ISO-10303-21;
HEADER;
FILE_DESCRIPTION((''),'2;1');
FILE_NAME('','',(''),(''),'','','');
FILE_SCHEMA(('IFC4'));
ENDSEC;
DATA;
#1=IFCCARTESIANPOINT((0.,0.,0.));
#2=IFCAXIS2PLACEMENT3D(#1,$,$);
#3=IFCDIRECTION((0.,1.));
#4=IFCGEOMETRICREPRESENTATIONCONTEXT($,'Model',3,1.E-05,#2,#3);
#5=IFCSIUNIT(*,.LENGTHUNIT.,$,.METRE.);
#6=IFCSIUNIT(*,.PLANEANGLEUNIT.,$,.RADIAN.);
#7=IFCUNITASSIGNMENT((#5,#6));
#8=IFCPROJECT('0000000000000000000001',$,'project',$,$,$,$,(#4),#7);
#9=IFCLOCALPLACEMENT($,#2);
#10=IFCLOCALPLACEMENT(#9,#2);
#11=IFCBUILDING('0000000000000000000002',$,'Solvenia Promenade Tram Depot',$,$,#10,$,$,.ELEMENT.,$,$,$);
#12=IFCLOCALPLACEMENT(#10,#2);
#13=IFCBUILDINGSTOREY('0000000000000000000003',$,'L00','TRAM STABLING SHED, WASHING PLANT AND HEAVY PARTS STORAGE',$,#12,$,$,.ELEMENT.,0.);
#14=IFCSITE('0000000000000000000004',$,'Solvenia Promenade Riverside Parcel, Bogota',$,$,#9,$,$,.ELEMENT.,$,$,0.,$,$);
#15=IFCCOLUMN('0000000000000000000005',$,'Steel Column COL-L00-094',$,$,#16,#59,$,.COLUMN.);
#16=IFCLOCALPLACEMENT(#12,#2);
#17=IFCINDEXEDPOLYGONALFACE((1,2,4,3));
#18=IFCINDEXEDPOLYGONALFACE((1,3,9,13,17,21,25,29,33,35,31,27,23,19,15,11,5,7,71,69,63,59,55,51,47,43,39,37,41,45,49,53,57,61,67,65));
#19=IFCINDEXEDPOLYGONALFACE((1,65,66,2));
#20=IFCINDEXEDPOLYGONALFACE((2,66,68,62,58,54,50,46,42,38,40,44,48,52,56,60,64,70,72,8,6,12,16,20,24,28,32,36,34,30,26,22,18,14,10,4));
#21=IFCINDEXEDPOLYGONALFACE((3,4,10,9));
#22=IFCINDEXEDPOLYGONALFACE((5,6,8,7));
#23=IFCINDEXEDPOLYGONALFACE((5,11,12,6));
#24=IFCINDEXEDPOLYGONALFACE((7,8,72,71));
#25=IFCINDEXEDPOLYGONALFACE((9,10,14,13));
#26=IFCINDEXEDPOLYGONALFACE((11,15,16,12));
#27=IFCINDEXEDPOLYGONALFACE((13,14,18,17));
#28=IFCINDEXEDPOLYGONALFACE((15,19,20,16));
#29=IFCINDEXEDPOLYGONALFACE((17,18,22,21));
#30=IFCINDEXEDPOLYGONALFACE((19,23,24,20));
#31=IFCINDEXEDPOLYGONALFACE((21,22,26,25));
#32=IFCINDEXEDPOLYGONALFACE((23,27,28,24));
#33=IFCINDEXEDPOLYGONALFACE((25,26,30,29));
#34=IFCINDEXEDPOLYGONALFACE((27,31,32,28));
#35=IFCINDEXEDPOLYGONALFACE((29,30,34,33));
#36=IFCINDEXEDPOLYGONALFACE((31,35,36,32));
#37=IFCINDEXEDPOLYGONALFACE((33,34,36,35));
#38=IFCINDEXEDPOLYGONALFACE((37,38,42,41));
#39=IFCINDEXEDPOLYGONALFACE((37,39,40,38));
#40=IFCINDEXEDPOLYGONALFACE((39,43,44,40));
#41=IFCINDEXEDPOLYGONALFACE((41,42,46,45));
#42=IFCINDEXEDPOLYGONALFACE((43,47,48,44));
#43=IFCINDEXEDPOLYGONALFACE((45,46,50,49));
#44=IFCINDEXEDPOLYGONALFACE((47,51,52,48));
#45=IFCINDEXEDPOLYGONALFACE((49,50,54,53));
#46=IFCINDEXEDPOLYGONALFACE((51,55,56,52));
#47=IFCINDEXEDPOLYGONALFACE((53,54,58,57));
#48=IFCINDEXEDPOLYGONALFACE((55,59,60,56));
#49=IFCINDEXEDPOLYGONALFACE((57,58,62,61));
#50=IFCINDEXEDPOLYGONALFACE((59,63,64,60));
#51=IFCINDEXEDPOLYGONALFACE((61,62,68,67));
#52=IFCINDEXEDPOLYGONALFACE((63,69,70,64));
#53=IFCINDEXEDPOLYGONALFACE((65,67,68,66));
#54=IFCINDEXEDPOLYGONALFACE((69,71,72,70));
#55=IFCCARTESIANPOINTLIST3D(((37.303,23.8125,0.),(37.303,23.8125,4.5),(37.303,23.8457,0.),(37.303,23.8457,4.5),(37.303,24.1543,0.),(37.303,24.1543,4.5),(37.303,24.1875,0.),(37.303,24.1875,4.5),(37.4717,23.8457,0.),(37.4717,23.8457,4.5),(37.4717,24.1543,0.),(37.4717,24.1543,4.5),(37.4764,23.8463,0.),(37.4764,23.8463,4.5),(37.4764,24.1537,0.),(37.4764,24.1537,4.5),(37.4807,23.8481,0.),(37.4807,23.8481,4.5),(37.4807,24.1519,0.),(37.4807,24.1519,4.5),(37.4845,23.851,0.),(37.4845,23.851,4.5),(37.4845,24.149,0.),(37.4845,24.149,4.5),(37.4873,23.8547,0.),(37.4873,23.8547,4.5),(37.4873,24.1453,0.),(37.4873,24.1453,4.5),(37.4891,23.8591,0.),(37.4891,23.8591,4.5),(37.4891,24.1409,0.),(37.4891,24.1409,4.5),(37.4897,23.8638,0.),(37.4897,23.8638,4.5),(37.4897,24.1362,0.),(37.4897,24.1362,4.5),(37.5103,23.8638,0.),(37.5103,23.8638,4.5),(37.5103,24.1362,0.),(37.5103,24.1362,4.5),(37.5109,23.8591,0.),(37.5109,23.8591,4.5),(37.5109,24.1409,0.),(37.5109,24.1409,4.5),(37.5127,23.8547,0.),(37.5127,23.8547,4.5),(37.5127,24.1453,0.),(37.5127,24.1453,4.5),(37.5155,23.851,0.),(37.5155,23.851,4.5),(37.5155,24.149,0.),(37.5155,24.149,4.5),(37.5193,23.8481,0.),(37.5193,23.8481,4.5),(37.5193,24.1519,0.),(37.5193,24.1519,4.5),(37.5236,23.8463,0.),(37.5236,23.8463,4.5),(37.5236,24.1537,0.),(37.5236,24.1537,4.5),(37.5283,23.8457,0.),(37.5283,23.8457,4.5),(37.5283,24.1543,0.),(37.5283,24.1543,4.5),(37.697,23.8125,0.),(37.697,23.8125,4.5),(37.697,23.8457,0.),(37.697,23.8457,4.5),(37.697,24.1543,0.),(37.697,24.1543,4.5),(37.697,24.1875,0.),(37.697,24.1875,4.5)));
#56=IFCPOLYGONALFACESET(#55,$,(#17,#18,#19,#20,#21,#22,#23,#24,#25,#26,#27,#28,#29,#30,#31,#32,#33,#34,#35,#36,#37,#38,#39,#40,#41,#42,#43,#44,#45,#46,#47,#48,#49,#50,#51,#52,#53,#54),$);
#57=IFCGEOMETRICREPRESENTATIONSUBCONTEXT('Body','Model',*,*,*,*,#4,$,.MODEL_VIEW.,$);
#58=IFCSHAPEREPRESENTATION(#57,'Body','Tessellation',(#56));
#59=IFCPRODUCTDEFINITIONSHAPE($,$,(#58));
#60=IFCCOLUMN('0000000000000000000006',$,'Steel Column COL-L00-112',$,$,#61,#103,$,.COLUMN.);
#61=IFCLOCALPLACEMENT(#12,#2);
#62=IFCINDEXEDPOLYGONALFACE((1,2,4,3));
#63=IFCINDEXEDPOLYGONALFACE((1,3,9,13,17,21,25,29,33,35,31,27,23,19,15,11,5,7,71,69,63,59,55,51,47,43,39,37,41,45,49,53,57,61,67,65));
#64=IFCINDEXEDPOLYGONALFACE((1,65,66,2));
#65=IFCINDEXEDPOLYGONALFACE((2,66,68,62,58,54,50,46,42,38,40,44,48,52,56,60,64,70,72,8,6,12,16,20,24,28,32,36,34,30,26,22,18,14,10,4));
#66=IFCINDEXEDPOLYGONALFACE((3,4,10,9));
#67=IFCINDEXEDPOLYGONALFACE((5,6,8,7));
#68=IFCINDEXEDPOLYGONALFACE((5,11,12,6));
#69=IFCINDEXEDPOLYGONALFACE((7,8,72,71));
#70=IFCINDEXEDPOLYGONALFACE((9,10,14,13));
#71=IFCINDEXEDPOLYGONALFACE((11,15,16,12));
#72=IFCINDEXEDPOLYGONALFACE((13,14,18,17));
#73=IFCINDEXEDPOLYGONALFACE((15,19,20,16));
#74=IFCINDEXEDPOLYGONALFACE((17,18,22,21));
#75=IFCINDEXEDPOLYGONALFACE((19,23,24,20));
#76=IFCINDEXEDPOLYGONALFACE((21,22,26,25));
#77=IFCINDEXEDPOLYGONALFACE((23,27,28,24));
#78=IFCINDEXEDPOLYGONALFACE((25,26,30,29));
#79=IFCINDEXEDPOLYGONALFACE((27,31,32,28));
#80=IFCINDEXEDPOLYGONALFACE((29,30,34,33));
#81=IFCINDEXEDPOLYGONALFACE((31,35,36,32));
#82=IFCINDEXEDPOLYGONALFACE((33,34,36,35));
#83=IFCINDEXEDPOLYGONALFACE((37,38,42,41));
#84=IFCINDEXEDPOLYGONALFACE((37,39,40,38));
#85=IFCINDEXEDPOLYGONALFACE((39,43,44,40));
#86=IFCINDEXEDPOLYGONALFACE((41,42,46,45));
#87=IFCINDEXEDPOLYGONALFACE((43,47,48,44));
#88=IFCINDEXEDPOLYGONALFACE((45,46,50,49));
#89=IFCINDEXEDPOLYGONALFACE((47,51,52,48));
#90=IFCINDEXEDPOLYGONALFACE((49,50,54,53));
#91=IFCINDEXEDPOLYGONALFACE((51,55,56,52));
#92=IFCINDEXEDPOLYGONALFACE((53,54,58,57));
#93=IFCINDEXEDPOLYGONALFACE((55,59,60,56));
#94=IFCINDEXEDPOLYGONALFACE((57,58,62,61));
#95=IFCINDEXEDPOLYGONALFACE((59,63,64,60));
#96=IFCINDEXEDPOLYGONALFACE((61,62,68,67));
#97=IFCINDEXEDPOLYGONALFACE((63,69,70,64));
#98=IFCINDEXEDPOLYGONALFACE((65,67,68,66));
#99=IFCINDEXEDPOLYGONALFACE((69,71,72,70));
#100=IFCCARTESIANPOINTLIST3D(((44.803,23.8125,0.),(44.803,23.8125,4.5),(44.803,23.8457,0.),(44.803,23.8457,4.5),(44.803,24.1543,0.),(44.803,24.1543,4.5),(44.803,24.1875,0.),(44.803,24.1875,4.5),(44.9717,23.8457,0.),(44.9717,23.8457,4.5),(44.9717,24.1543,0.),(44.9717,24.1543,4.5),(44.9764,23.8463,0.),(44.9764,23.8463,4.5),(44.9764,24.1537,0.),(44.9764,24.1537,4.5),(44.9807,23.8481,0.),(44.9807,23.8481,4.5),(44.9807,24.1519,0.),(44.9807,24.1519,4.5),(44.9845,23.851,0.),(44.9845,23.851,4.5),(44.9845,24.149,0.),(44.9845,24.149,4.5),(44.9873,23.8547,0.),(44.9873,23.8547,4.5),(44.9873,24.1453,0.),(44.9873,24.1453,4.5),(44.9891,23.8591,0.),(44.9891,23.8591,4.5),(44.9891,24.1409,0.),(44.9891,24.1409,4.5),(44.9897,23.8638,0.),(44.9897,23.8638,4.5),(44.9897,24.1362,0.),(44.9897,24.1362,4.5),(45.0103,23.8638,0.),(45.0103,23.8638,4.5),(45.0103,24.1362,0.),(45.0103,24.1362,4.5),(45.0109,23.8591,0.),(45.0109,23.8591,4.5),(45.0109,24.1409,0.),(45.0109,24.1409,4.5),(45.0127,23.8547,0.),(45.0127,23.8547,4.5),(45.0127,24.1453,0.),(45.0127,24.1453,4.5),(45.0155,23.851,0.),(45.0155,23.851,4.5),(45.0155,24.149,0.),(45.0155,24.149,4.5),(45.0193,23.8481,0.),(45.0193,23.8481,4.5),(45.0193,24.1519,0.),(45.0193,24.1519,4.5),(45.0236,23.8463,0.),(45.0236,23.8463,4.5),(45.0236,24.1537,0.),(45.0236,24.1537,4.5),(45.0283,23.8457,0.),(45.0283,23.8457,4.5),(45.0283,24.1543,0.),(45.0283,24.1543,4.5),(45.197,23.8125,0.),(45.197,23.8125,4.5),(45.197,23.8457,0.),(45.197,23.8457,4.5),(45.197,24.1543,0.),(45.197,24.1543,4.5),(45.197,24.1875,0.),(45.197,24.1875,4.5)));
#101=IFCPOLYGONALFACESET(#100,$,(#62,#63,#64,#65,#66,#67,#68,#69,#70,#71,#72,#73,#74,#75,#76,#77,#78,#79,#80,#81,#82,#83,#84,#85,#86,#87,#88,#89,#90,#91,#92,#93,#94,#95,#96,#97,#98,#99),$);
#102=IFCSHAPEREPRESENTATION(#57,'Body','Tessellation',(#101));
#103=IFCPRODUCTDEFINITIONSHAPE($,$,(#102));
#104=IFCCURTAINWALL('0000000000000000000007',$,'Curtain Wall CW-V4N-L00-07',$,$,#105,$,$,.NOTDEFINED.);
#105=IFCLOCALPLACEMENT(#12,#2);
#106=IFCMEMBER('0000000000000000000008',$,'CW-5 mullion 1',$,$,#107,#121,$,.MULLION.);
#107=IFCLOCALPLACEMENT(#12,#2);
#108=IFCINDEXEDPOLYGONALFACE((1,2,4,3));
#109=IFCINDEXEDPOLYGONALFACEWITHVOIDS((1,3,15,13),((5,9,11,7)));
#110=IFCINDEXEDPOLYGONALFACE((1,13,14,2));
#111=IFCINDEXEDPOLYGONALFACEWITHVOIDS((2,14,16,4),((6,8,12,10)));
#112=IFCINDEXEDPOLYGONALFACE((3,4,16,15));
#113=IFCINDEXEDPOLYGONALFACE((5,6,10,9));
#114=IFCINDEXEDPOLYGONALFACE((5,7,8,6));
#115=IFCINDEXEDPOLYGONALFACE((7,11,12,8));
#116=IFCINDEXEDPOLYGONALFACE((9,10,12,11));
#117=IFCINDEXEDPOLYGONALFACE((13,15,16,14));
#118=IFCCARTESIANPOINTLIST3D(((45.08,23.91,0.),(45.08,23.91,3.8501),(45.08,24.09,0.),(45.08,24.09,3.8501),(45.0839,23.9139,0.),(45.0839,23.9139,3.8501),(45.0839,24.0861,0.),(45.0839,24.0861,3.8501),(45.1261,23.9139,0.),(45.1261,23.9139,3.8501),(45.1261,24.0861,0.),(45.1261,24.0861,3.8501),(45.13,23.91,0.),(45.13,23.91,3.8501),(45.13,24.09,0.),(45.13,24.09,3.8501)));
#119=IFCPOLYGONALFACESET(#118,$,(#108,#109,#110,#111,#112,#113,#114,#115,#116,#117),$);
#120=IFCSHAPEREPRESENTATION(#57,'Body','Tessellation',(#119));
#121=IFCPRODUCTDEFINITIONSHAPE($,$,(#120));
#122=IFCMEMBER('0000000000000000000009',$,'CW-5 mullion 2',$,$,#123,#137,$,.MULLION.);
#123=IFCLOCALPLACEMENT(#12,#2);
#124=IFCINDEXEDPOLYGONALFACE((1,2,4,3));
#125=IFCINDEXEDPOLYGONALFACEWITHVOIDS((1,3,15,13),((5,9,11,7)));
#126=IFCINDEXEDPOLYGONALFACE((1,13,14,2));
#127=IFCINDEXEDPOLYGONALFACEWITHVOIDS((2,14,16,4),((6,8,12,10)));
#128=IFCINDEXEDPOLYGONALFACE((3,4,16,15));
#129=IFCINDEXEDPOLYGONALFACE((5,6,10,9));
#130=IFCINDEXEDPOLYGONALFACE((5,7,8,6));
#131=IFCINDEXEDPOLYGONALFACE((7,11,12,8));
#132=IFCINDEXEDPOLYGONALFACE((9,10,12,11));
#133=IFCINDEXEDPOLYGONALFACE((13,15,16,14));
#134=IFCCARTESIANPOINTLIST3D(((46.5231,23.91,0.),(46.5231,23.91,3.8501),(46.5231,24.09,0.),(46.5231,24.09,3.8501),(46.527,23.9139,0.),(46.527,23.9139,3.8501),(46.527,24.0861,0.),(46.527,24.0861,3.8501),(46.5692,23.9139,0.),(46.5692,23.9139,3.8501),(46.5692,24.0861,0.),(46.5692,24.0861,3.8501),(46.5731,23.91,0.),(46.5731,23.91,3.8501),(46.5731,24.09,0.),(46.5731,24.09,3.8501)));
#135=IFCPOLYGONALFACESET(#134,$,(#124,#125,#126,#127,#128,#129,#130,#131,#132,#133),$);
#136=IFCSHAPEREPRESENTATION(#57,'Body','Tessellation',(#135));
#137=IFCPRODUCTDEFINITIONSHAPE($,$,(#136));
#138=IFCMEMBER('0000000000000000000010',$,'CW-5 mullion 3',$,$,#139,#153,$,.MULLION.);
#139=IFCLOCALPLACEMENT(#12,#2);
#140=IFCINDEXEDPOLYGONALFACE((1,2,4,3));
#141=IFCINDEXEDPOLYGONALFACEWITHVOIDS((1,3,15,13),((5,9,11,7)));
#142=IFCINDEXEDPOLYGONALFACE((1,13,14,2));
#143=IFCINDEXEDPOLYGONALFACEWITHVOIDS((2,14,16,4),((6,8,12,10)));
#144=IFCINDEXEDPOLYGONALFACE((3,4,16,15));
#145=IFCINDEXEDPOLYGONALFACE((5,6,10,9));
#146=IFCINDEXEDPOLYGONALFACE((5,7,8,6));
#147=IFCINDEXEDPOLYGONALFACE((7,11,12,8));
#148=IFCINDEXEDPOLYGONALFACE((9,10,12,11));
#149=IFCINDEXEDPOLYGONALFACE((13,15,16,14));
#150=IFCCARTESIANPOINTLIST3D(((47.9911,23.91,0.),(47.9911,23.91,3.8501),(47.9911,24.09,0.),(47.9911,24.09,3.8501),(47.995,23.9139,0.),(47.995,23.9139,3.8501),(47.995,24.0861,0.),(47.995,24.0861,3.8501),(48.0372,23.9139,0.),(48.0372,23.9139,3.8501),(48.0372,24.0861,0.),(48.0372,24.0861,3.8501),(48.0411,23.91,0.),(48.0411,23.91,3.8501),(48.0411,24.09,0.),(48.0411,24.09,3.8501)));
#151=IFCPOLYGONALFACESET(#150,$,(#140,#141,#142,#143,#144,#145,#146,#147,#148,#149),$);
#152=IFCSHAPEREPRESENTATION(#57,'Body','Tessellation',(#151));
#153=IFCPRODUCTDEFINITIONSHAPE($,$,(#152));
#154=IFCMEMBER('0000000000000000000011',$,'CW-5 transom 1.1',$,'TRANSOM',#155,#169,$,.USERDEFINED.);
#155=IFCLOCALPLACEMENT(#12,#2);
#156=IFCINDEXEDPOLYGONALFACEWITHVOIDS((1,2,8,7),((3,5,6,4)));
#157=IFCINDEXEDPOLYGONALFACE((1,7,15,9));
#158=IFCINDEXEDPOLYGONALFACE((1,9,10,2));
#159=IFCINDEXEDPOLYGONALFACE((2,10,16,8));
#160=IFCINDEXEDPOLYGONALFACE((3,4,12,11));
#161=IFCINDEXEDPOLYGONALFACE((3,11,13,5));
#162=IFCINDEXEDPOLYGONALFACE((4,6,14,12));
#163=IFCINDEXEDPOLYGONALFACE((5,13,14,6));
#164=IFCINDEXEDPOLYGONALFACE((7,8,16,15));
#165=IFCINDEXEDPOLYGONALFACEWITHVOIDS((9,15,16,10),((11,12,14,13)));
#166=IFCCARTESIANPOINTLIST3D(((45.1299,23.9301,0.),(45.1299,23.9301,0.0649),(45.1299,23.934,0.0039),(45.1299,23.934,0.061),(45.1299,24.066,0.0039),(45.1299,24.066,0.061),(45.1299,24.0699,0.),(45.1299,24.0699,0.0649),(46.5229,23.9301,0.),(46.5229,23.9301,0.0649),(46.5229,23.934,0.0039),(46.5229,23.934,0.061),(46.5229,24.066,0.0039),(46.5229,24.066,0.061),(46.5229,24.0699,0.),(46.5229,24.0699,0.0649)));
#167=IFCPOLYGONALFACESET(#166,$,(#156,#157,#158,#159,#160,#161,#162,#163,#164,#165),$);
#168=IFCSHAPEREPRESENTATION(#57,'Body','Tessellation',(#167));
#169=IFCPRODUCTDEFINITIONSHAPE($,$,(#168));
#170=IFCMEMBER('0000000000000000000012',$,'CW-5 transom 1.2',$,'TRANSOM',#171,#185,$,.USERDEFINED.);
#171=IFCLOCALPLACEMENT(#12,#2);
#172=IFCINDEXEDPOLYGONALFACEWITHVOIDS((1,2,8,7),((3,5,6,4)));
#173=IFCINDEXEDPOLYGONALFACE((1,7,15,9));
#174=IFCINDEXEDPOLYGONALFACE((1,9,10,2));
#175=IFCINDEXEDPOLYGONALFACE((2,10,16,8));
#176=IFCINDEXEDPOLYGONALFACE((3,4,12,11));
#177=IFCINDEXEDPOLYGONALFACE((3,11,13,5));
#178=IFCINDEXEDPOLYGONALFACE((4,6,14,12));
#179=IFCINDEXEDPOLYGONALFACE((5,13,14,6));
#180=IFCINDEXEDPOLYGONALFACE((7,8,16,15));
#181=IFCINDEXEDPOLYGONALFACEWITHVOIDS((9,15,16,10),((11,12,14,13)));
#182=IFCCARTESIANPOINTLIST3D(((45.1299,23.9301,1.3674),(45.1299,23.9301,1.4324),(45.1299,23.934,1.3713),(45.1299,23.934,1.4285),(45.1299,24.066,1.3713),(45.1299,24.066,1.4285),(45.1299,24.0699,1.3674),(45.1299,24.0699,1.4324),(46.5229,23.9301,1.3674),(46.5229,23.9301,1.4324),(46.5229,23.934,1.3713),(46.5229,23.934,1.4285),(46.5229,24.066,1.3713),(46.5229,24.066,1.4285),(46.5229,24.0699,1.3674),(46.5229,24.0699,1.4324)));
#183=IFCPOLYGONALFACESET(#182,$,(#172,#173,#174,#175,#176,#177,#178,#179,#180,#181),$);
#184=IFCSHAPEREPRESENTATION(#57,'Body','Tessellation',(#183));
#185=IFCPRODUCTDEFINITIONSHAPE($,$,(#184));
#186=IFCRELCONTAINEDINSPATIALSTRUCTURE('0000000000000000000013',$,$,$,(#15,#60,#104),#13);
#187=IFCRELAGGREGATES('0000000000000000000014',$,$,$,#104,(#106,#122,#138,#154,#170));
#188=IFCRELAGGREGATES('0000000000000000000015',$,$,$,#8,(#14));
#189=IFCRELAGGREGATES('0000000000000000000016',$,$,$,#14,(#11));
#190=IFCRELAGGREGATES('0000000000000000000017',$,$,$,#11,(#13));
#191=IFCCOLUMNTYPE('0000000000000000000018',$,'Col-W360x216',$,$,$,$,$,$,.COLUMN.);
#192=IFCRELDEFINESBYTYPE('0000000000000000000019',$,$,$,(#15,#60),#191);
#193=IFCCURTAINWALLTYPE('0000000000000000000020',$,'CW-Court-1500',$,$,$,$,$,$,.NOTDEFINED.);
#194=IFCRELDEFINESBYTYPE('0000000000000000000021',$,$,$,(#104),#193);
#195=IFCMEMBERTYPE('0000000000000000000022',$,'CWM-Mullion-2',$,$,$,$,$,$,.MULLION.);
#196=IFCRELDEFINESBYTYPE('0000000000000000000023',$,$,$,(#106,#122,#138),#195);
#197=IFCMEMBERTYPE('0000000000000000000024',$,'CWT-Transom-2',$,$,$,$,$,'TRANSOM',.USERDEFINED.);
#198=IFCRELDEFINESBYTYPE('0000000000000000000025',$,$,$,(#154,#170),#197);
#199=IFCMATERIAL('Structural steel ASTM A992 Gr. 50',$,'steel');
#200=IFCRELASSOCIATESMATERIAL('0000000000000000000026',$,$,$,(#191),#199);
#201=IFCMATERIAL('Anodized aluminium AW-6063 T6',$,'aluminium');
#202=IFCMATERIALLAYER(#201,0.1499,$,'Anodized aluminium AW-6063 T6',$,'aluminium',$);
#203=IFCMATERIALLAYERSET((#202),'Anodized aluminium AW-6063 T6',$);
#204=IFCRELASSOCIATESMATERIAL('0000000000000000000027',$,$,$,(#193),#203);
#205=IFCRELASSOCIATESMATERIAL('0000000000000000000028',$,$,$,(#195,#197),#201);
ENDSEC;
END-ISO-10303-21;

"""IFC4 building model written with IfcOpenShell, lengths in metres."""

from ifc_helpers import new_model, si_unit, direction, frame, origin, origin_2d, place, context, subcontext, project, spatial, hollow_rectangle, i_section, extrude, material, layer, layer_set, material_profile, profile_set, type_object, element, aggregate, save


model = new_model("IFC4")

# Units and contexts
model_context = context("Model", 3, precision=1e-05, world=origin(), true_north=direction((0.0, 1.0)))
body_context = subcontext(model_context, "Body", "Model", "MODEL_VIEW")
ifc_project = project(units=[si_unit("LENGTHUNIT", "METRE"), si_unit("PLANEANGLEUNIT", "RADIAN")], contexts=[model_context])

# Site, building, storey
site_placement = place(None, origin())
site = spatial("IfcSite", under=ifc_project, at=site_placement, Name="Solvenia Promenade Riverside Parcel, Bogota", CompositionType="ELEMENT", RefElevation=0.0)
building_placement = place(site_placement, origin())
building = spatial("IfcBuilding", under=site, at=building_placement, Name="Solvenia Promenade Tram Depot", CompositionType="ELEMENT")
storey_placement = place(building_placement, origin())
storey = spatial("IfcBuildingStorey", under=building, at=storey_placement, Name="L00", Description="TRAM STABLING SHED, WASHING PLANT AND HEAVY PARTS STORAGE", CompositionType="ELEMENT", Elevation=0.0)

# Columns
ifc_material_1 = material(Name="Structural steel ASTM A992 Gr. 50", Category="steel")
ifc_material_profile_1 = material_profile(ifc_material_1, i_section(OverallWidth=0.394, OverallDepth=0.375, WebThickness=0.0205, FlangeThickness=0.0332, FilletRadius=0.0181, at=origin_2d()), Name="W360x216", Category="steel")
ifc_profile_set_1 = profile_set([ifc_material_profile_1], Name="Structural steel ASTM A992 Gr. 50")
column_type = type_object("IfcColumnType", Name="Col-W360x216", PredefinedType="COLUMN", material=ifc_profile_set_1)
for number, where, z_axis, x_axis, name in (
    (1, (37.5, 24.0, 0.0), (0.0, 0.0, 1.0), (1.0, 0.0, 0.0), "Steel Column COL-L00-094"),
    (2, (45.0, 24.0, 0.0), (0.0, 0.0, 1.0), (1.0, 0.0, 0.0), "Steel Column COL-L00-112"),
):
    element("IfcColumn", number, at=place(storey_placement, frame(where, z_axis=z_axis, x_axis=x_axis)), inside=storey, type_object=column_type, Name=name, PredefinedType="COLUMN", context=body_context, shape_type="SweptSolid", body=[
        extrude(i_section(OverallWidth=0.394, OverallDepth=0.375, WebThickness=0.0205, FlangeThickness=0.0332, FilletRadius=0.0181, at=origin_2d()), origin(), (0.0, 0.0, 1.0), 4.5),
    ])

# Curtain wall, members
ifc_material_2 = material(Name="Anodized aluminium AW-6063 T6", Category="aluminium")
ifc_layer_1 = layer(ifc_material_2, 0.1499, Name="Anodized aluminium AW-6063 T6", Category="aluminium")
ifc_layer_set_1 = layer_set([ifc_layer_1], Name="Anodized aluminium AW-6063 T6")
curtain_wall_type = type_object("IfcCurtainWallType", Name="CW-Court-1500", PredefinedType="NOTDEFINED", material=ifc_layer_set_1)
curtain_wall_placement = place(storey_placement, origin())
curtain_wall = element("IfcCurtainWall", 3, at=curtain_wall_placement, inside=storey, type_object=curtain_wall_type, Name="Curtain Wall CW-V4N-L00-07", PredefinedType="NOTDEFINED")
ifc_material_profile_2 = material_profile(ifc_material_2, hollow_rectangle(XDim=0.1799, YDim=0.05, WallThickness=0.0039, at=origin_2d()), Name="ALU-M2", Category="aluminium")
ifc_profile_set_2 = profile_set([ifc_material_profile_2], Name="Anodized aluminium AW-6063 T6")
member_type_1 = type_object("IfcMemberType", Name="CWM-Mullion-2", PredefinedType="MULLION", material=ifc_profile_set_2)
member_1_placement = place(storey_placement, frame((45.105, 24.0, 0.0), z_axis=(0.0, 0.0, 1.0), x_axis=(0.0, 1.0, 0.0)))
member_1 = element("IfcMember", 4, at=member_1_placement, type_object=member_type_1, Name="CW-5 mullion 1", PredefinedType="MULLION", context=body_context, shape_type="SweptSolid", body=[
    extrude(hollow_rectangle(XDim=0.1799, YDim=0.05, WallThickness=0.0039, at=origin_2d()), origin(), (0.0, 0.0, 1.0), 3.8501),
])
member_2_placement = place(storey_placement, frame((46.5481, 24.0, 0.0), z_axis=(0.0, 0.0, 1.0), x_axis=(0.0, 1.0, 0.0)))
member_2 = element("IfcMember", 5, at=member_2_placement, type_object=member_type_1, Name="CW-5 mullion 2", PredefinedType="MULLION", context=body_context, shape_type="SweptSolid", body=[
    extrude(hollow_rectangle(XDim=0.1799, YDim=0.05, WallThickness=0.0039, at=origin_2d()), origin(), (0.0, 0.0, 1.0), 3.8501),
])
member_3_placement = place(storey_placement, frame((48.0161, 24.0, 0.0), z_axis=(0.0, 0.0, 1.0), x_axis=(0.0, 1.0, 0.0)))
member_3 = element("IfcMember", 6, at=member_3_placement, type_object=member_type_1, Name="CW-5 mullion 3", PredefinedType="MULLION", context=body_context, shape_type="SweptSolid", body=[
    extrude(hollow_rectangle(XDim=0.1799, YDim=0.05, WallThickness=0.0039, at=origin_2d()), origin(), (0.0, 0.0, 1.0), 3.8501),
])
ifc_material_profile_3 = material_profile(ifc_material_2, hollow_rectangle(XDim=0.1399, YDim=0.0649, WallThickness=0.0039, at=origin_2d()), Name="ALU-T2", Category="aluminium")
ifc_profile_set_3 = profile_set([ifc_material_profile_3], Name="Anodized aluminium AW-6063 T6")
member_type_2 = type_object("IfcMemberType", Name="CWT-Transom-2", ElementType="TRANSOM", PredefinedType="USERDEFINED", material=ifc_profile_set_3)
member_4_placement = place(storey_placement, frame((45.1299, 24.0, 0.0325), z_axis=(1.0, 0.0, 0.0), x_axis=(0.0, 1.0, 0.0)))
member_4 = element("IfcMember", 7, at=member_4_placement, type_object=member_type_2, Name="CW-5 transom 1.1", ObjectType="TRANSOM", PredefinedType="USERDEFINED", context=body_context, shape_type="SweptSolid", body=[
    extrude(hollow_rectangle(XDim=0.1399, YDim=0.0649, WallThickness=0.0039, at=origin_2d()), origin(), (0.0, 0.0, 1.0), 1.3931),
])
member_5_placement = place(storey_placement, frame((45.1299, 24.0, 1.3999), z_axis=(1.0, 0.0, 0.0), x_axis=(0.0, 1.0, 0.0)))
member_5 = element("IfcMember", 8, at=member_5_placement, type_object=member_type_2, Name="CW-5 transom 1.2", ObjectType="TRANSOM", PredefinedType="USERDEFINED", context=body_context, shape_type="SweptSolid", body=[
    extrude(hollow_rectangle(XDim=0.1399, YDim=0.0649, WallThickness=0.0039, at=origin_2d()), origin(), (0.0, 0.0, 1.0), 1.3931),
])
aggregate(curtain_wall, [member_1, member_2, member_3, member_4, member_5])

save(model, "model.ifc")
